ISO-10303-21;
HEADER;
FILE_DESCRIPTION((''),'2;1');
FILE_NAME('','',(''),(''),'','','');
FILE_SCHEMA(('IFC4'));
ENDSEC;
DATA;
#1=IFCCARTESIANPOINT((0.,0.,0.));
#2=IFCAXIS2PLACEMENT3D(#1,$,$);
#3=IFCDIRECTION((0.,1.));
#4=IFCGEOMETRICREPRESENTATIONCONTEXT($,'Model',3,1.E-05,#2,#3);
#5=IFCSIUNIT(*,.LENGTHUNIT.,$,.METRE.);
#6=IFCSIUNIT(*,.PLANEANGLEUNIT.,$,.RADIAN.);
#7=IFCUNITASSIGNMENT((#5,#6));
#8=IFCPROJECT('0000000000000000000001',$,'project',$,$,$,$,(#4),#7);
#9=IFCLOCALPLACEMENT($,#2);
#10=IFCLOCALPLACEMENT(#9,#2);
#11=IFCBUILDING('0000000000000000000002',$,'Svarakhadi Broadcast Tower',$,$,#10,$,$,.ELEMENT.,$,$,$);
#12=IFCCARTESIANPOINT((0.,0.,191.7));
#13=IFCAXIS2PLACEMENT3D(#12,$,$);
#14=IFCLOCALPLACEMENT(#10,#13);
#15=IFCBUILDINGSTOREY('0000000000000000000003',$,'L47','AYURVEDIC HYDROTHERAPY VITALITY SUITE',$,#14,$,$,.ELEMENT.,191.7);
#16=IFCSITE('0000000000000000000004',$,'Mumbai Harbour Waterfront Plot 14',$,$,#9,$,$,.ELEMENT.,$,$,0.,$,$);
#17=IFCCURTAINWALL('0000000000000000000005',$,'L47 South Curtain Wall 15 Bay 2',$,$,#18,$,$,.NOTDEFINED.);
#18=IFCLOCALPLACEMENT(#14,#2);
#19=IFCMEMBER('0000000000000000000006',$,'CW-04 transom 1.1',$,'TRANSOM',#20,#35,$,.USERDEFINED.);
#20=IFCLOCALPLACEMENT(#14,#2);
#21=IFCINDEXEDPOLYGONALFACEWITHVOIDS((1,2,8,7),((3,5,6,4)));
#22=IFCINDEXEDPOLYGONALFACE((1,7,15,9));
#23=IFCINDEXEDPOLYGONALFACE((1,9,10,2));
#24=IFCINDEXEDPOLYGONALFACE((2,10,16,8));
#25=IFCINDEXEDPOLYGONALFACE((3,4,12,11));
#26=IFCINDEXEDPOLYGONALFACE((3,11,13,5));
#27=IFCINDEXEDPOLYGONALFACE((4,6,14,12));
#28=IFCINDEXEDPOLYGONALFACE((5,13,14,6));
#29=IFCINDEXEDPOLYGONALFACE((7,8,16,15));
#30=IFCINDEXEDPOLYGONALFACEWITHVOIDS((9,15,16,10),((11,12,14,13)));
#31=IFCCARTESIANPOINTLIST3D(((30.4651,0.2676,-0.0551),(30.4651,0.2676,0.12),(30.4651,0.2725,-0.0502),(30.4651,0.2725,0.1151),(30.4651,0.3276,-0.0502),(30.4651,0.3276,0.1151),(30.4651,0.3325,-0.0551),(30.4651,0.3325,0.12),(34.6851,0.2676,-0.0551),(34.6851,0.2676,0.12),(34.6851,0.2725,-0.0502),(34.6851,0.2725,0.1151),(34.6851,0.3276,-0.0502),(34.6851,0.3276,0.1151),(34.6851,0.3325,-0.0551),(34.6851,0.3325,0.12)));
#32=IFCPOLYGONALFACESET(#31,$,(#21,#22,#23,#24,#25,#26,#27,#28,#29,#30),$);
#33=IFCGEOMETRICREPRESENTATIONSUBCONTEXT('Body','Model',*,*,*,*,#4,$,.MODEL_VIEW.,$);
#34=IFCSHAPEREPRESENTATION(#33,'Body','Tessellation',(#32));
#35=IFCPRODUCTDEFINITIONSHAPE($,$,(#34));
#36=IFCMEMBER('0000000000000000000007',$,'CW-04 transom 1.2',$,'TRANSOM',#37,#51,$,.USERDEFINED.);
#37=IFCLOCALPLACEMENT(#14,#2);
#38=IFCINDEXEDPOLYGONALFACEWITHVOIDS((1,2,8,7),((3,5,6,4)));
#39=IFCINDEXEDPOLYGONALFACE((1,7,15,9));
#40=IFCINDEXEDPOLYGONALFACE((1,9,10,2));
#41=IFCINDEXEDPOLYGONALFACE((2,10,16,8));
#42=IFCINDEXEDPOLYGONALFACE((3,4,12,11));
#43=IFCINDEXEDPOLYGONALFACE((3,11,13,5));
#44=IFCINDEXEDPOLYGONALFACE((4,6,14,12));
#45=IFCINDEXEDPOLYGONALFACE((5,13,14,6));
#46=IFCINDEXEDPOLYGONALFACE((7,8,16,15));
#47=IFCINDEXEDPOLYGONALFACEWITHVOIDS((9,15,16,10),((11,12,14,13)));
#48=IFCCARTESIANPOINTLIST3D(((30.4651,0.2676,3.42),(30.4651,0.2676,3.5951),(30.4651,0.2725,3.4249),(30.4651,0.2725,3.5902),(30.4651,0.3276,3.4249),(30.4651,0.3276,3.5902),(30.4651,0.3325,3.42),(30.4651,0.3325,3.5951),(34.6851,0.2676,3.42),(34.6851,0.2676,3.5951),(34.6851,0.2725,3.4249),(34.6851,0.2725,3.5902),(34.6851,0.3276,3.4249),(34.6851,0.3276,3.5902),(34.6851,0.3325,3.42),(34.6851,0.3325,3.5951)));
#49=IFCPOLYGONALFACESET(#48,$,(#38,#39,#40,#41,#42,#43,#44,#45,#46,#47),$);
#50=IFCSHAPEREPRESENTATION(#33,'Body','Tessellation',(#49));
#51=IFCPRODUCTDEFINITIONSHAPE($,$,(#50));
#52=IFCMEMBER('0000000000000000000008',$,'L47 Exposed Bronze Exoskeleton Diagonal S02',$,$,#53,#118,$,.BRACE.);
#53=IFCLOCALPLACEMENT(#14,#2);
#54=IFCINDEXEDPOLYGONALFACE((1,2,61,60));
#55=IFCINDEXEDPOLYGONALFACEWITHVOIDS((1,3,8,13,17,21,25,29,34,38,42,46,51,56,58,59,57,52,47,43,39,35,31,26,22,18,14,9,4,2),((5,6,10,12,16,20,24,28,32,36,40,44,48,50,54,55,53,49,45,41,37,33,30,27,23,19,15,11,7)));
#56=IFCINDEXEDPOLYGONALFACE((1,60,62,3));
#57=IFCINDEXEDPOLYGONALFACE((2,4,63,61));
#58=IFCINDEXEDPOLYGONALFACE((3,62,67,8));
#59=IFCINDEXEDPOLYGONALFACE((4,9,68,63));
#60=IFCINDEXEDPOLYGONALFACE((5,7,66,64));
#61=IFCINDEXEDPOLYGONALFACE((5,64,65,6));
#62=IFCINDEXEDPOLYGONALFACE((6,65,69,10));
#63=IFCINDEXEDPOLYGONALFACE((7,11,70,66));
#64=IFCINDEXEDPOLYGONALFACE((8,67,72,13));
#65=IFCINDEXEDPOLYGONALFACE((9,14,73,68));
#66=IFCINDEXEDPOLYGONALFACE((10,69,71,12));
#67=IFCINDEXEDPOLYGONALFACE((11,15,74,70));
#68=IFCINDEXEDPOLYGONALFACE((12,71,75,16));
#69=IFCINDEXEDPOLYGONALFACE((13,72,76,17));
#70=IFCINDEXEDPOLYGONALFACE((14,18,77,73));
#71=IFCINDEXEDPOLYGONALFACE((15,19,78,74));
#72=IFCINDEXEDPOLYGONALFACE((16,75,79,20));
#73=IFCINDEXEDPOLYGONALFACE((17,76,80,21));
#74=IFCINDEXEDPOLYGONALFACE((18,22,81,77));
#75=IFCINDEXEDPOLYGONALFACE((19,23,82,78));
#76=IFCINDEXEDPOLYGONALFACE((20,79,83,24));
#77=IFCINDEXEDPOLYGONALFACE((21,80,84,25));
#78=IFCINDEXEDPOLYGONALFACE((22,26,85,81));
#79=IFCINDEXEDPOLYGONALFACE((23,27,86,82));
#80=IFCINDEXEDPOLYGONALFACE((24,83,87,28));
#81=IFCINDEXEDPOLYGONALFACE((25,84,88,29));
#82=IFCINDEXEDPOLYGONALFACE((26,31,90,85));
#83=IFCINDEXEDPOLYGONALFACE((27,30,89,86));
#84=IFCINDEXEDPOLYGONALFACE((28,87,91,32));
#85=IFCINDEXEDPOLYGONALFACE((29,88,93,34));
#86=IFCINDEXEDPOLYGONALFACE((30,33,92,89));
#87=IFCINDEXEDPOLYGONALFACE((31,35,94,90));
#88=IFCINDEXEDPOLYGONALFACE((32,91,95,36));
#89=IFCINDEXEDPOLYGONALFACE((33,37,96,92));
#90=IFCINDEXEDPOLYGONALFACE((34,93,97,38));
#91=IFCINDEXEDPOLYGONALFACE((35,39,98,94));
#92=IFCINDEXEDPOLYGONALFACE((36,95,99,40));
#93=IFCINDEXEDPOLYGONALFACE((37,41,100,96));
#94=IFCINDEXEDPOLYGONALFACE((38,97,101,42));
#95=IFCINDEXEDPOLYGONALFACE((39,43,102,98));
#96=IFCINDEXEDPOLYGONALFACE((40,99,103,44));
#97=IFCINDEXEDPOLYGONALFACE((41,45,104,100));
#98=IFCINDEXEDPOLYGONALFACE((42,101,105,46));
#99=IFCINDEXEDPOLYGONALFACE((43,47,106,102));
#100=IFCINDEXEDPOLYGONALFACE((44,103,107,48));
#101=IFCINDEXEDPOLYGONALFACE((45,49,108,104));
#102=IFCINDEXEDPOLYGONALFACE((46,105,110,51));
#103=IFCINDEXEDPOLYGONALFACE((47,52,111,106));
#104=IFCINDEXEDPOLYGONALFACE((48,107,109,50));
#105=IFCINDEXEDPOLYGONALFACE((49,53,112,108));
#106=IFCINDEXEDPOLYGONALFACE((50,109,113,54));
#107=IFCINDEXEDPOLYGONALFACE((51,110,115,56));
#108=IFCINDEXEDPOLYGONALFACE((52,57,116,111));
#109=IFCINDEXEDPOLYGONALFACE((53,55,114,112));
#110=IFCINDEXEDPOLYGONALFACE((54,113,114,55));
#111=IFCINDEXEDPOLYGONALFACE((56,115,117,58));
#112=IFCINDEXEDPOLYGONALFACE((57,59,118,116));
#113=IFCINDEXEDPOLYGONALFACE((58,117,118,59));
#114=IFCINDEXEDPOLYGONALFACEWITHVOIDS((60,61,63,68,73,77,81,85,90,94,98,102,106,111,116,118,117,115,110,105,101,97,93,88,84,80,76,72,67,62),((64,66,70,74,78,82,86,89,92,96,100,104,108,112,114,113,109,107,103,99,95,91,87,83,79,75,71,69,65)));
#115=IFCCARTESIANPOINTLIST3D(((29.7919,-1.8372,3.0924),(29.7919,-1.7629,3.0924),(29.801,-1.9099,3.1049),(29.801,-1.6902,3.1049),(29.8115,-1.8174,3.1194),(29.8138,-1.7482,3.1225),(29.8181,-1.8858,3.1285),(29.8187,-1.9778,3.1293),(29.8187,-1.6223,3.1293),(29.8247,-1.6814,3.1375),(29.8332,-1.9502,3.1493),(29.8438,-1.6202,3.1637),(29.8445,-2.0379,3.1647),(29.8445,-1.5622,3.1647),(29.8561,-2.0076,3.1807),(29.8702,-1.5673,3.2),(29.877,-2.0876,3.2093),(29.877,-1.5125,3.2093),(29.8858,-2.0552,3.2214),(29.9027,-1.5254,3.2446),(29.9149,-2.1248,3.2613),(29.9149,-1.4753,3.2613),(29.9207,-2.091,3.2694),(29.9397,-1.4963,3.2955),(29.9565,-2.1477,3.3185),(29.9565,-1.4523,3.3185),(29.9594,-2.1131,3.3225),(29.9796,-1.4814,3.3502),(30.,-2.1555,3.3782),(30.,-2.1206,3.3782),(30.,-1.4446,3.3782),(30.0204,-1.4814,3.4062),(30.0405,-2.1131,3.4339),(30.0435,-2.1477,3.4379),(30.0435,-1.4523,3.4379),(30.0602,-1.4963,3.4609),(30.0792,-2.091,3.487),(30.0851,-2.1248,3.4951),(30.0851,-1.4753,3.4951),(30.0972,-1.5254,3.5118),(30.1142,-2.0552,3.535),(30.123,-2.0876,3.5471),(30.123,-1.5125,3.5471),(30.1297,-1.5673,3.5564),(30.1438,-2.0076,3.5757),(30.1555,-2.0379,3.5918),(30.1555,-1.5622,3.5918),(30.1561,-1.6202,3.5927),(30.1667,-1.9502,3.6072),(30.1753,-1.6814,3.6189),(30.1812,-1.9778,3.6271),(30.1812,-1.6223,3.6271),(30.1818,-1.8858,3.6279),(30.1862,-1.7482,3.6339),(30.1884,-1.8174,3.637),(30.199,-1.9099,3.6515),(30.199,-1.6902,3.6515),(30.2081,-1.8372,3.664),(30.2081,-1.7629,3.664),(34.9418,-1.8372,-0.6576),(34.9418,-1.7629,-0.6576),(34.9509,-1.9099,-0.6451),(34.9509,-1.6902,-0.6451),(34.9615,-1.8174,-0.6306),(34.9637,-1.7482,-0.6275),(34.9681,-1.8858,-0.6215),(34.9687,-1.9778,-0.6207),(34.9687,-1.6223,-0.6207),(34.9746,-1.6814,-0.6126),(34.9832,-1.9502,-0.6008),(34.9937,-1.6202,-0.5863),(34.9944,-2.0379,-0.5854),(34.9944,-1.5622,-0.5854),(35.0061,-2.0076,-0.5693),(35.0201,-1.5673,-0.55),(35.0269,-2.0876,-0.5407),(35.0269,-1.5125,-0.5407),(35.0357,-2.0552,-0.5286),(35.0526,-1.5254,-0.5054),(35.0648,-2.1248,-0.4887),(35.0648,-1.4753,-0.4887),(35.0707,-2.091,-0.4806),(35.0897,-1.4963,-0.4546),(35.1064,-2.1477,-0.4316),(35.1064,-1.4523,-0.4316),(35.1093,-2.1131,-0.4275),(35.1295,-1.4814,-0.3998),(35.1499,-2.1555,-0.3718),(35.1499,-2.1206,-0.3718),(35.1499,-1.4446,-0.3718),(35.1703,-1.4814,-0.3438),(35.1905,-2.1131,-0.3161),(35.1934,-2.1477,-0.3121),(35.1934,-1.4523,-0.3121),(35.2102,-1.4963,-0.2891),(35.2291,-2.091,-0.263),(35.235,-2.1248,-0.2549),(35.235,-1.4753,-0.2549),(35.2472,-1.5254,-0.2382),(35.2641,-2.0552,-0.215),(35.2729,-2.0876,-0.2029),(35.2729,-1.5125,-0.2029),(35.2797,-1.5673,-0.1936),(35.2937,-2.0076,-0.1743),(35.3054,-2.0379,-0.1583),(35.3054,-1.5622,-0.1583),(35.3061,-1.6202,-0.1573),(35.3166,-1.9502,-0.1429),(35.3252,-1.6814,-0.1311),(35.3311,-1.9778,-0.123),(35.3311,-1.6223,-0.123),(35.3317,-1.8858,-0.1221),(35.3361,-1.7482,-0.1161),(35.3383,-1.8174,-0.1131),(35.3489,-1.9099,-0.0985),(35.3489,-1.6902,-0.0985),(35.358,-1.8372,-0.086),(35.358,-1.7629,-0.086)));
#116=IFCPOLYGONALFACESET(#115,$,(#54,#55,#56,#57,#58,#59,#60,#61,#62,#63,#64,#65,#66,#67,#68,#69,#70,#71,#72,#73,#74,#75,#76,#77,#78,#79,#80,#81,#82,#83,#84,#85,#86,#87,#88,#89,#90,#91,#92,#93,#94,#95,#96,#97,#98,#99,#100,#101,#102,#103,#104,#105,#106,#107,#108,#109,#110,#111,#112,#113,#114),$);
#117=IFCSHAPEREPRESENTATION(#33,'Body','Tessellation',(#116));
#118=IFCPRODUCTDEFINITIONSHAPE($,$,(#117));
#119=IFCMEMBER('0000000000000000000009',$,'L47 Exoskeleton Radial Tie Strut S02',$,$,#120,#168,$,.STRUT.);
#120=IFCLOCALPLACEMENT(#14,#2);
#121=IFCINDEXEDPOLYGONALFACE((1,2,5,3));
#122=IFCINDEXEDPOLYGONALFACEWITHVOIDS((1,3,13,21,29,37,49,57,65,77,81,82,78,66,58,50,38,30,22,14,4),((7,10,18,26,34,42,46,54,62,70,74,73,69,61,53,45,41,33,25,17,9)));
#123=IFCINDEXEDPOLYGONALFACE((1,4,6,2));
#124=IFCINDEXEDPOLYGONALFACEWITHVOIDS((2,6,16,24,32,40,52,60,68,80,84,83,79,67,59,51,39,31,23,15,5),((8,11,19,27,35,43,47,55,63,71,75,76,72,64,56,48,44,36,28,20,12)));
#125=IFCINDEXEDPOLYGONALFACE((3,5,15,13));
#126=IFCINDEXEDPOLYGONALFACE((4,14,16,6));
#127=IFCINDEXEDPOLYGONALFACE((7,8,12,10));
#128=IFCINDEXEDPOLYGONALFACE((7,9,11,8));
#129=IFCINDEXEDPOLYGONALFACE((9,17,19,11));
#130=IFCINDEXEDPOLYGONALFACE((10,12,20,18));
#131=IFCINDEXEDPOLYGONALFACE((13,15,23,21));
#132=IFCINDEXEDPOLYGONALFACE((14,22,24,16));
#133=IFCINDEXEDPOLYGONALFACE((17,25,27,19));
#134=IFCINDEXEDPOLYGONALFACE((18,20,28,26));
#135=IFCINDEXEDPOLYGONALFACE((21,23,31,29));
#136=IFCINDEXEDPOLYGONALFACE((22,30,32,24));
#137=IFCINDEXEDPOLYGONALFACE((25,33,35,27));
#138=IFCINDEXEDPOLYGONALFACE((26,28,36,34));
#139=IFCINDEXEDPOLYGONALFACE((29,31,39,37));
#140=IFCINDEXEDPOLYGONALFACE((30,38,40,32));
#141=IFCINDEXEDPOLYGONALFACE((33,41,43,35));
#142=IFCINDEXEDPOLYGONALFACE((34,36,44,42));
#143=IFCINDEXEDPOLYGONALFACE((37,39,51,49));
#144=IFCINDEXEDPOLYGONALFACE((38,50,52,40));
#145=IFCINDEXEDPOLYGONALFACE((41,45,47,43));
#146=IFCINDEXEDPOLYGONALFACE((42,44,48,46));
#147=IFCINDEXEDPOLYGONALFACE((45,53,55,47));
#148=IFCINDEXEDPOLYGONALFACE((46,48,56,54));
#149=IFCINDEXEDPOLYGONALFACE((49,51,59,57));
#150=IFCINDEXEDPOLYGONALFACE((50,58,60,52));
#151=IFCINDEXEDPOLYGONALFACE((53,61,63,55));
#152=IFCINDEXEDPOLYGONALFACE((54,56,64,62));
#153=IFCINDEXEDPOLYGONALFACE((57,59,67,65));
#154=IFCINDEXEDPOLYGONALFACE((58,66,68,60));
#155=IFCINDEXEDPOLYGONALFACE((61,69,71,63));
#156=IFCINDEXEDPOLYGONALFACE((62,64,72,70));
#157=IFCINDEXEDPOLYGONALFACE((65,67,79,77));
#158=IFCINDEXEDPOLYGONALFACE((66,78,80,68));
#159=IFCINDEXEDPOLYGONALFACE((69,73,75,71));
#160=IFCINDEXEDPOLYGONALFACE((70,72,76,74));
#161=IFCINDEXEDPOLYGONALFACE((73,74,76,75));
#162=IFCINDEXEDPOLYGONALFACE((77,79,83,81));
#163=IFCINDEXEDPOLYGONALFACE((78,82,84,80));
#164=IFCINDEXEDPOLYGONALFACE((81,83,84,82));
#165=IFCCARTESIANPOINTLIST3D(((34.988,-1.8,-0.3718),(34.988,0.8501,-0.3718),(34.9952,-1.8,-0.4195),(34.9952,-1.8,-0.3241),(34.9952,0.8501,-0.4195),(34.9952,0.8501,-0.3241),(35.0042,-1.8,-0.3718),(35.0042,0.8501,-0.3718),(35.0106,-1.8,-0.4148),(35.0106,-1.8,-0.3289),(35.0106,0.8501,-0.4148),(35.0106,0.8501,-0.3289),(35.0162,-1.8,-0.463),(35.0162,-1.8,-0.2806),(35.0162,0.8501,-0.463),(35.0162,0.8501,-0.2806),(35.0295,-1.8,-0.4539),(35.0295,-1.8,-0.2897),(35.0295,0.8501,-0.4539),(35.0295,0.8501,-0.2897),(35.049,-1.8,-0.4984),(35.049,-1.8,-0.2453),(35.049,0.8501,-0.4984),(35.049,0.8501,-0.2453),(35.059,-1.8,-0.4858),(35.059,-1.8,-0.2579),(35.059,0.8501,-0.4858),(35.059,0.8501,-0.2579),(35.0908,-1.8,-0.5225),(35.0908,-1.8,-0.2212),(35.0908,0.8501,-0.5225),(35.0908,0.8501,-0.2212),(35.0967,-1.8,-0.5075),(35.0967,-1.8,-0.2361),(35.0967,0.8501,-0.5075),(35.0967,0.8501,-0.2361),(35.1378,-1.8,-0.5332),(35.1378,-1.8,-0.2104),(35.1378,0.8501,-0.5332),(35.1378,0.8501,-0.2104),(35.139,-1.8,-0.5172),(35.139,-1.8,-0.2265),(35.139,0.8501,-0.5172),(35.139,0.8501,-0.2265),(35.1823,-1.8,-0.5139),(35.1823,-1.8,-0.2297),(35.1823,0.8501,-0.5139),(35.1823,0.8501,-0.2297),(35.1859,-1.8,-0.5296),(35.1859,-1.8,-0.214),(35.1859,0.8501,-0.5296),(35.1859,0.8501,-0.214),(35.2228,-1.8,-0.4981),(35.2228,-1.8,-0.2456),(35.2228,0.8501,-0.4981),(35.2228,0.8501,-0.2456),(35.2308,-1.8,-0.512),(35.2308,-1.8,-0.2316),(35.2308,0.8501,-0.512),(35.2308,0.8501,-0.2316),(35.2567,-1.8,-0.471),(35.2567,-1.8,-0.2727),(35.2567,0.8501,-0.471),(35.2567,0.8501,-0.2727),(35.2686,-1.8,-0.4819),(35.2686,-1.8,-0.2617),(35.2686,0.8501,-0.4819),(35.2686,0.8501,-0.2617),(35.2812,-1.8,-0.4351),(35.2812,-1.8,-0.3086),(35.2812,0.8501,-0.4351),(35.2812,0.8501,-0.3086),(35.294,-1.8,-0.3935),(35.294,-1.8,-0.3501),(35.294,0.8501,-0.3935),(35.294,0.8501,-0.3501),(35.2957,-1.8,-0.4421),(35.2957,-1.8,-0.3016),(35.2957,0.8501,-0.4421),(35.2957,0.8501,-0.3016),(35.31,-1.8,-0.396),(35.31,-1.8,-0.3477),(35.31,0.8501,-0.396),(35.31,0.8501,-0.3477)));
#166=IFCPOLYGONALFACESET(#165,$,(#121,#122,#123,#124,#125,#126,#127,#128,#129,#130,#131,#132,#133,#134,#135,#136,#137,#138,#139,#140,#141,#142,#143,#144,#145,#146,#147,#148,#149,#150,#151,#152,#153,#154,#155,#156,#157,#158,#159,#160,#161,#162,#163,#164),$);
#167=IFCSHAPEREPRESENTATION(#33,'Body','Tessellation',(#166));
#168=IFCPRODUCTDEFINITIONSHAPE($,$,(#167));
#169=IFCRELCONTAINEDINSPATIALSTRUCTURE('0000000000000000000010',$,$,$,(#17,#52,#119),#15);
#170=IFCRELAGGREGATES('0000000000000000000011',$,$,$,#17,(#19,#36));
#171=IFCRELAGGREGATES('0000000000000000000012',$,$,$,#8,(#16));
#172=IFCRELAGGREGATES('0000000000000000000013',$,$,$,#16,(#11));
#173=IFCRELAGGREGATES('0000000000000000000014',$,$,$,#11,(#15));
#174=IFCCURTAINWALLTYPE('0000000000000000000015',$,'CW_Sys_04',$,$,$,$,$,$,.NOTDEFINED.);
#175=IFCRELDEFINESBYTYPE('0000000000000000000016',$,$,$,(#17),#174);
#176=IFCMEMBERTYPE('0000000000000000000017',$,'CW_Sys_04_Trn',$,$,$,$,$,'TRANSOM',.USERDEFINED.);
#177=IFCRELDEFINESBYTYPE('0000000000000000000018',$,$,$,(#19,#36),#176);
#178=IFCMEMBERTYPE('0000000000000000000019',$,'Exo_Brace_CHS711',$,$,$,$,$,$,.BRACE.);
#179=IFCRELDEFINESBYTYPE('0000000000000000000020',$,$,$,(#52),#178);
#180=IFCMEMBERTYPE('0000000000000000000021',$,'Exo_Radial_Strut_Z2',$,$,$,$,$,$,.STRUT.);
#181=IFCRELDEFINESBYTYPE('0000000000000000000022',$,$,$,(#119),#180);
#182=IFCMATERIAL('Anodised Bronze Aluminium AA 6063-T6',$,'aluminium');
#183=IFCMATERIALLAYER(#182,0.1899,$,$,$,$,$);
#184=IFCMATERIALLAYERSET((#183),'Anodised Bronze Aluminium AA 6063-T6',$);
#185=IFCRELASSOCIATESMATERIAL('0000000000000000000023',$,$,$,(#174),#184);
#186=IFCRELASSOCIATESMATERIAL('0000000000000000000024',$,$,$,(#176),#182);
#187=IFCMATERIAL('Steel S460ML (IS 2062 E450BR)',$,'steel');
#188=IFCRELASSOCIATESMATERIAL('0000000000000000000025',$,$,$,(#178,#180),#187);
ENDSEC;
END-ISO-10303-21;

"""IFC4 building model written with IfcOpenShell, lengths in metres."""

from ifc_helpers import new_model, si_unit, direction, frame, origin, origin_2d, place, context, subcontext, project, spatial, hollow_rectangle, hollow_circle, extrude, material, layer, layer_set, material_profile, profile_set, type_object, element, aggregate, save


model = new_model("IFC4")

# Units and contexts
model_context = context("Model", 3, precision=1e-05, world=origin(), true_north=direction((0.0, 1.0)))
body_context = subcontext(model_context, "Body", "Model", "MODEL_VIEW")
ifc_project = project(units=[si_unit("LENGTHUNIT", "METRE"), si_unit("PLANEANGLEUNIT", "RADIAN")], contexts=[model_context])

# Site, building, storey
site_placement = place(None, origin())
site = spatial("IfcSite", under=ifc_project, at=site_placement, Name="Mumbai Harbour Waterfront Plot 14", CompositionType="ELEMENT", RefElevation=0.0)
building_placement = place(site_placement, origin())
building = spatial("IfcBuilding", under=site, at=building_placement, Name="Svarakhadi Broadcast Tower", CompositionType="ELEMENT")
storey_placement = place(building_placement, frame((0.0, 0.0, 191.7)))
storey = spatial("IfcBuildingStorey", under=building, at=storey_placement, Name="L47", Description="AYURVEDIC HYDROTHERAPY VITALITY SUITE", CompositionType="ELEMENT", Elevation=191.7)

# Shared definitions
ifc_material_1 = material(Name="Anodised Bronze Aluminium AA 6063-T6", Category="aluminium")
ifc_layer_1 = layer(ifc_material_1, 0.1899)
ifc_layer_set_1 = layer_set([ifc_layer_1], Name="Anodised Bronze Aluminium AA 6063-T6")
curtain_wall_type = type_object("IfcCurtainWallType", Name="CW_Sys_04", PredefinedType="NOTDEFINED", material=ifc_layer_set_1)

# Curtain wall
curtain_wall_1_placement = place(storey_placement, origin())
curtain_wall_1 = element("IfcCurtainWall", 1, at=curtain_wall_1_placement, inside=storey, type_object=curtain_wall_type, Name="L47 South Curtain Wall 15 Bay 2", PredefinedType="NOTDEFINED")

# Members
ifc_material_profile_1 = material_profile(ifc_material_1, hollow_rectangle(XDim=0.0649, YDim=0.175, WallThickness=0.0049, at=origin_2d()), Name="ALU TRANSOM 175x65x5")
ifc_profile_set_1 = profile_set([ifc_material_profile_1], Name="Anodised Bronze Aluminium AA 6063-T6")
member_type_1 = type_object("IfcMemberType", Name="CW_Sys_04_Trn", ElementType="TRANSOM", PredefinedType="USERDEFINED", material=ifc_profile_set_1)
member_1_placement = place(storey_placement, frame((34.6851, 0.3, 0.0325), z_axis=(-1.0, 0.0, 0.0), x_axis=(0.0, -1.0, 0.0)))
member_1 = element("IfcMember", 2, at=member_1_placement, type_object=member_type_1, Name="CW-04 transom 1.1", ObjectType="TRANSOM", PredefinedType="USERDEFINED", context=body_context, shape_type="SweptSolid", body=[
    extrude(hollow_rectangle(XDim=0.0649, YDim=0.175, WallThickness=0.0049, at=origin_2d()), origin(), (0.0, 0.0, 1.0), 4.22),
])
member_2_placement = place(storey_placement, frame((34.6851, 0.3, 3.5076), z_axis=(-1.0, 0.0, 0.0), x_axis=(0.0, -1.0, 0.0)))
member_2 = element("IfcMember", 3, at=member_2_placement, type_object=member_type_1, Name="CW-04 transom 1.2", ObjectType="TRANSOM", PredefinedType="USERDEFINED", context=body_context, shape_type="SweptSolid", body=[
    extrude(hollow_rectangle(XDim=0.0649, YDim=0.175, WallThickness=0.0049, at=origin_2d()), origin(), (0.0, 0.0, 1.0), 4.22),
])

# Members
ifc_material_2 = material(Name="Steel S460ML (IS 2062 E450BR)", Category="steel")
ifc_material_profile_2 = material_profile(ifc_material_2, hollow_circle(Radius=0.3555, WallThickness=0.0349, at=origin_2d()), Name="CHS 711x35")
ifc_profile_set_2 = profile_set([ifc_material_profile_2], Name="Steel S460ML (IS 2062 E450BR)")
member_type_2 = type_object("IfcMemberType", Name="Exo_Brace_CHS711", PredefinedType="BRACE", material=ifc_profile_set_2)
member_3_placement = place(storey_placement, frame((35.1499, -1.8, -0.3718), z_axis=(-0.808391, 0.0, 0.588646), x_axis=(0.0, -1.0, 0.0)))
element("IfcMember", 4, at=member_3_placement, inside=storey, type_object=member_type_2, Name="L47 Exposed Bronze Exoskeleton Diagonal S02", PredefinedType="BRACE", context=body_context, shape_type="SweptSolid", body=[
    extrude(hollow_circle(Radius=0.3555, WallThickness=0.0349, at=origin_2d()), origin(), (0.0, 0.0, 1.0), 6.3706),
])
ifc_material_profile_3 = material_profile(ifc_material_2, hollow_circle(Radius=0.1619, WallThickness=0.0161, at=origin_2d()), Name="CHS 323.9x16")
ifc_profile_set_3 = profile_set([ifc_material_profile_3], Name="Steel S460ML (IS 2062 E450BR)")
member_type_3 = type_object("IfcMemberType", Name="Exo_Radial_Strut_Z2", PredefinedType="STRUT", material=ifc_profile_set_3)
member_4_placement = place(storey_placement, frame((35.1499, -1.8, -0.3718), z_axis=(0.0, 1.0, 0.0), x_axis=(-1.0, 0.0, 0.0)))
element("IfcMember", 5, at=member_4_placement, inside=storey, type_object=member_type_3, Name="L47 Exoskeleton Radial Tie Strut S02", PredefinedType="STRUT", context=body_context, shape_type="SweptSolid", body=[
    extrude(hollow_circle(Radius=0.1619, WallThickness=0.0161, at=origin_2d()), origin(), (0.0, 0.0, 1.0), 2.6501),
])

aggregate(curtain_wall_1, [member_1, member_2])

save(model, "model.ifc")
